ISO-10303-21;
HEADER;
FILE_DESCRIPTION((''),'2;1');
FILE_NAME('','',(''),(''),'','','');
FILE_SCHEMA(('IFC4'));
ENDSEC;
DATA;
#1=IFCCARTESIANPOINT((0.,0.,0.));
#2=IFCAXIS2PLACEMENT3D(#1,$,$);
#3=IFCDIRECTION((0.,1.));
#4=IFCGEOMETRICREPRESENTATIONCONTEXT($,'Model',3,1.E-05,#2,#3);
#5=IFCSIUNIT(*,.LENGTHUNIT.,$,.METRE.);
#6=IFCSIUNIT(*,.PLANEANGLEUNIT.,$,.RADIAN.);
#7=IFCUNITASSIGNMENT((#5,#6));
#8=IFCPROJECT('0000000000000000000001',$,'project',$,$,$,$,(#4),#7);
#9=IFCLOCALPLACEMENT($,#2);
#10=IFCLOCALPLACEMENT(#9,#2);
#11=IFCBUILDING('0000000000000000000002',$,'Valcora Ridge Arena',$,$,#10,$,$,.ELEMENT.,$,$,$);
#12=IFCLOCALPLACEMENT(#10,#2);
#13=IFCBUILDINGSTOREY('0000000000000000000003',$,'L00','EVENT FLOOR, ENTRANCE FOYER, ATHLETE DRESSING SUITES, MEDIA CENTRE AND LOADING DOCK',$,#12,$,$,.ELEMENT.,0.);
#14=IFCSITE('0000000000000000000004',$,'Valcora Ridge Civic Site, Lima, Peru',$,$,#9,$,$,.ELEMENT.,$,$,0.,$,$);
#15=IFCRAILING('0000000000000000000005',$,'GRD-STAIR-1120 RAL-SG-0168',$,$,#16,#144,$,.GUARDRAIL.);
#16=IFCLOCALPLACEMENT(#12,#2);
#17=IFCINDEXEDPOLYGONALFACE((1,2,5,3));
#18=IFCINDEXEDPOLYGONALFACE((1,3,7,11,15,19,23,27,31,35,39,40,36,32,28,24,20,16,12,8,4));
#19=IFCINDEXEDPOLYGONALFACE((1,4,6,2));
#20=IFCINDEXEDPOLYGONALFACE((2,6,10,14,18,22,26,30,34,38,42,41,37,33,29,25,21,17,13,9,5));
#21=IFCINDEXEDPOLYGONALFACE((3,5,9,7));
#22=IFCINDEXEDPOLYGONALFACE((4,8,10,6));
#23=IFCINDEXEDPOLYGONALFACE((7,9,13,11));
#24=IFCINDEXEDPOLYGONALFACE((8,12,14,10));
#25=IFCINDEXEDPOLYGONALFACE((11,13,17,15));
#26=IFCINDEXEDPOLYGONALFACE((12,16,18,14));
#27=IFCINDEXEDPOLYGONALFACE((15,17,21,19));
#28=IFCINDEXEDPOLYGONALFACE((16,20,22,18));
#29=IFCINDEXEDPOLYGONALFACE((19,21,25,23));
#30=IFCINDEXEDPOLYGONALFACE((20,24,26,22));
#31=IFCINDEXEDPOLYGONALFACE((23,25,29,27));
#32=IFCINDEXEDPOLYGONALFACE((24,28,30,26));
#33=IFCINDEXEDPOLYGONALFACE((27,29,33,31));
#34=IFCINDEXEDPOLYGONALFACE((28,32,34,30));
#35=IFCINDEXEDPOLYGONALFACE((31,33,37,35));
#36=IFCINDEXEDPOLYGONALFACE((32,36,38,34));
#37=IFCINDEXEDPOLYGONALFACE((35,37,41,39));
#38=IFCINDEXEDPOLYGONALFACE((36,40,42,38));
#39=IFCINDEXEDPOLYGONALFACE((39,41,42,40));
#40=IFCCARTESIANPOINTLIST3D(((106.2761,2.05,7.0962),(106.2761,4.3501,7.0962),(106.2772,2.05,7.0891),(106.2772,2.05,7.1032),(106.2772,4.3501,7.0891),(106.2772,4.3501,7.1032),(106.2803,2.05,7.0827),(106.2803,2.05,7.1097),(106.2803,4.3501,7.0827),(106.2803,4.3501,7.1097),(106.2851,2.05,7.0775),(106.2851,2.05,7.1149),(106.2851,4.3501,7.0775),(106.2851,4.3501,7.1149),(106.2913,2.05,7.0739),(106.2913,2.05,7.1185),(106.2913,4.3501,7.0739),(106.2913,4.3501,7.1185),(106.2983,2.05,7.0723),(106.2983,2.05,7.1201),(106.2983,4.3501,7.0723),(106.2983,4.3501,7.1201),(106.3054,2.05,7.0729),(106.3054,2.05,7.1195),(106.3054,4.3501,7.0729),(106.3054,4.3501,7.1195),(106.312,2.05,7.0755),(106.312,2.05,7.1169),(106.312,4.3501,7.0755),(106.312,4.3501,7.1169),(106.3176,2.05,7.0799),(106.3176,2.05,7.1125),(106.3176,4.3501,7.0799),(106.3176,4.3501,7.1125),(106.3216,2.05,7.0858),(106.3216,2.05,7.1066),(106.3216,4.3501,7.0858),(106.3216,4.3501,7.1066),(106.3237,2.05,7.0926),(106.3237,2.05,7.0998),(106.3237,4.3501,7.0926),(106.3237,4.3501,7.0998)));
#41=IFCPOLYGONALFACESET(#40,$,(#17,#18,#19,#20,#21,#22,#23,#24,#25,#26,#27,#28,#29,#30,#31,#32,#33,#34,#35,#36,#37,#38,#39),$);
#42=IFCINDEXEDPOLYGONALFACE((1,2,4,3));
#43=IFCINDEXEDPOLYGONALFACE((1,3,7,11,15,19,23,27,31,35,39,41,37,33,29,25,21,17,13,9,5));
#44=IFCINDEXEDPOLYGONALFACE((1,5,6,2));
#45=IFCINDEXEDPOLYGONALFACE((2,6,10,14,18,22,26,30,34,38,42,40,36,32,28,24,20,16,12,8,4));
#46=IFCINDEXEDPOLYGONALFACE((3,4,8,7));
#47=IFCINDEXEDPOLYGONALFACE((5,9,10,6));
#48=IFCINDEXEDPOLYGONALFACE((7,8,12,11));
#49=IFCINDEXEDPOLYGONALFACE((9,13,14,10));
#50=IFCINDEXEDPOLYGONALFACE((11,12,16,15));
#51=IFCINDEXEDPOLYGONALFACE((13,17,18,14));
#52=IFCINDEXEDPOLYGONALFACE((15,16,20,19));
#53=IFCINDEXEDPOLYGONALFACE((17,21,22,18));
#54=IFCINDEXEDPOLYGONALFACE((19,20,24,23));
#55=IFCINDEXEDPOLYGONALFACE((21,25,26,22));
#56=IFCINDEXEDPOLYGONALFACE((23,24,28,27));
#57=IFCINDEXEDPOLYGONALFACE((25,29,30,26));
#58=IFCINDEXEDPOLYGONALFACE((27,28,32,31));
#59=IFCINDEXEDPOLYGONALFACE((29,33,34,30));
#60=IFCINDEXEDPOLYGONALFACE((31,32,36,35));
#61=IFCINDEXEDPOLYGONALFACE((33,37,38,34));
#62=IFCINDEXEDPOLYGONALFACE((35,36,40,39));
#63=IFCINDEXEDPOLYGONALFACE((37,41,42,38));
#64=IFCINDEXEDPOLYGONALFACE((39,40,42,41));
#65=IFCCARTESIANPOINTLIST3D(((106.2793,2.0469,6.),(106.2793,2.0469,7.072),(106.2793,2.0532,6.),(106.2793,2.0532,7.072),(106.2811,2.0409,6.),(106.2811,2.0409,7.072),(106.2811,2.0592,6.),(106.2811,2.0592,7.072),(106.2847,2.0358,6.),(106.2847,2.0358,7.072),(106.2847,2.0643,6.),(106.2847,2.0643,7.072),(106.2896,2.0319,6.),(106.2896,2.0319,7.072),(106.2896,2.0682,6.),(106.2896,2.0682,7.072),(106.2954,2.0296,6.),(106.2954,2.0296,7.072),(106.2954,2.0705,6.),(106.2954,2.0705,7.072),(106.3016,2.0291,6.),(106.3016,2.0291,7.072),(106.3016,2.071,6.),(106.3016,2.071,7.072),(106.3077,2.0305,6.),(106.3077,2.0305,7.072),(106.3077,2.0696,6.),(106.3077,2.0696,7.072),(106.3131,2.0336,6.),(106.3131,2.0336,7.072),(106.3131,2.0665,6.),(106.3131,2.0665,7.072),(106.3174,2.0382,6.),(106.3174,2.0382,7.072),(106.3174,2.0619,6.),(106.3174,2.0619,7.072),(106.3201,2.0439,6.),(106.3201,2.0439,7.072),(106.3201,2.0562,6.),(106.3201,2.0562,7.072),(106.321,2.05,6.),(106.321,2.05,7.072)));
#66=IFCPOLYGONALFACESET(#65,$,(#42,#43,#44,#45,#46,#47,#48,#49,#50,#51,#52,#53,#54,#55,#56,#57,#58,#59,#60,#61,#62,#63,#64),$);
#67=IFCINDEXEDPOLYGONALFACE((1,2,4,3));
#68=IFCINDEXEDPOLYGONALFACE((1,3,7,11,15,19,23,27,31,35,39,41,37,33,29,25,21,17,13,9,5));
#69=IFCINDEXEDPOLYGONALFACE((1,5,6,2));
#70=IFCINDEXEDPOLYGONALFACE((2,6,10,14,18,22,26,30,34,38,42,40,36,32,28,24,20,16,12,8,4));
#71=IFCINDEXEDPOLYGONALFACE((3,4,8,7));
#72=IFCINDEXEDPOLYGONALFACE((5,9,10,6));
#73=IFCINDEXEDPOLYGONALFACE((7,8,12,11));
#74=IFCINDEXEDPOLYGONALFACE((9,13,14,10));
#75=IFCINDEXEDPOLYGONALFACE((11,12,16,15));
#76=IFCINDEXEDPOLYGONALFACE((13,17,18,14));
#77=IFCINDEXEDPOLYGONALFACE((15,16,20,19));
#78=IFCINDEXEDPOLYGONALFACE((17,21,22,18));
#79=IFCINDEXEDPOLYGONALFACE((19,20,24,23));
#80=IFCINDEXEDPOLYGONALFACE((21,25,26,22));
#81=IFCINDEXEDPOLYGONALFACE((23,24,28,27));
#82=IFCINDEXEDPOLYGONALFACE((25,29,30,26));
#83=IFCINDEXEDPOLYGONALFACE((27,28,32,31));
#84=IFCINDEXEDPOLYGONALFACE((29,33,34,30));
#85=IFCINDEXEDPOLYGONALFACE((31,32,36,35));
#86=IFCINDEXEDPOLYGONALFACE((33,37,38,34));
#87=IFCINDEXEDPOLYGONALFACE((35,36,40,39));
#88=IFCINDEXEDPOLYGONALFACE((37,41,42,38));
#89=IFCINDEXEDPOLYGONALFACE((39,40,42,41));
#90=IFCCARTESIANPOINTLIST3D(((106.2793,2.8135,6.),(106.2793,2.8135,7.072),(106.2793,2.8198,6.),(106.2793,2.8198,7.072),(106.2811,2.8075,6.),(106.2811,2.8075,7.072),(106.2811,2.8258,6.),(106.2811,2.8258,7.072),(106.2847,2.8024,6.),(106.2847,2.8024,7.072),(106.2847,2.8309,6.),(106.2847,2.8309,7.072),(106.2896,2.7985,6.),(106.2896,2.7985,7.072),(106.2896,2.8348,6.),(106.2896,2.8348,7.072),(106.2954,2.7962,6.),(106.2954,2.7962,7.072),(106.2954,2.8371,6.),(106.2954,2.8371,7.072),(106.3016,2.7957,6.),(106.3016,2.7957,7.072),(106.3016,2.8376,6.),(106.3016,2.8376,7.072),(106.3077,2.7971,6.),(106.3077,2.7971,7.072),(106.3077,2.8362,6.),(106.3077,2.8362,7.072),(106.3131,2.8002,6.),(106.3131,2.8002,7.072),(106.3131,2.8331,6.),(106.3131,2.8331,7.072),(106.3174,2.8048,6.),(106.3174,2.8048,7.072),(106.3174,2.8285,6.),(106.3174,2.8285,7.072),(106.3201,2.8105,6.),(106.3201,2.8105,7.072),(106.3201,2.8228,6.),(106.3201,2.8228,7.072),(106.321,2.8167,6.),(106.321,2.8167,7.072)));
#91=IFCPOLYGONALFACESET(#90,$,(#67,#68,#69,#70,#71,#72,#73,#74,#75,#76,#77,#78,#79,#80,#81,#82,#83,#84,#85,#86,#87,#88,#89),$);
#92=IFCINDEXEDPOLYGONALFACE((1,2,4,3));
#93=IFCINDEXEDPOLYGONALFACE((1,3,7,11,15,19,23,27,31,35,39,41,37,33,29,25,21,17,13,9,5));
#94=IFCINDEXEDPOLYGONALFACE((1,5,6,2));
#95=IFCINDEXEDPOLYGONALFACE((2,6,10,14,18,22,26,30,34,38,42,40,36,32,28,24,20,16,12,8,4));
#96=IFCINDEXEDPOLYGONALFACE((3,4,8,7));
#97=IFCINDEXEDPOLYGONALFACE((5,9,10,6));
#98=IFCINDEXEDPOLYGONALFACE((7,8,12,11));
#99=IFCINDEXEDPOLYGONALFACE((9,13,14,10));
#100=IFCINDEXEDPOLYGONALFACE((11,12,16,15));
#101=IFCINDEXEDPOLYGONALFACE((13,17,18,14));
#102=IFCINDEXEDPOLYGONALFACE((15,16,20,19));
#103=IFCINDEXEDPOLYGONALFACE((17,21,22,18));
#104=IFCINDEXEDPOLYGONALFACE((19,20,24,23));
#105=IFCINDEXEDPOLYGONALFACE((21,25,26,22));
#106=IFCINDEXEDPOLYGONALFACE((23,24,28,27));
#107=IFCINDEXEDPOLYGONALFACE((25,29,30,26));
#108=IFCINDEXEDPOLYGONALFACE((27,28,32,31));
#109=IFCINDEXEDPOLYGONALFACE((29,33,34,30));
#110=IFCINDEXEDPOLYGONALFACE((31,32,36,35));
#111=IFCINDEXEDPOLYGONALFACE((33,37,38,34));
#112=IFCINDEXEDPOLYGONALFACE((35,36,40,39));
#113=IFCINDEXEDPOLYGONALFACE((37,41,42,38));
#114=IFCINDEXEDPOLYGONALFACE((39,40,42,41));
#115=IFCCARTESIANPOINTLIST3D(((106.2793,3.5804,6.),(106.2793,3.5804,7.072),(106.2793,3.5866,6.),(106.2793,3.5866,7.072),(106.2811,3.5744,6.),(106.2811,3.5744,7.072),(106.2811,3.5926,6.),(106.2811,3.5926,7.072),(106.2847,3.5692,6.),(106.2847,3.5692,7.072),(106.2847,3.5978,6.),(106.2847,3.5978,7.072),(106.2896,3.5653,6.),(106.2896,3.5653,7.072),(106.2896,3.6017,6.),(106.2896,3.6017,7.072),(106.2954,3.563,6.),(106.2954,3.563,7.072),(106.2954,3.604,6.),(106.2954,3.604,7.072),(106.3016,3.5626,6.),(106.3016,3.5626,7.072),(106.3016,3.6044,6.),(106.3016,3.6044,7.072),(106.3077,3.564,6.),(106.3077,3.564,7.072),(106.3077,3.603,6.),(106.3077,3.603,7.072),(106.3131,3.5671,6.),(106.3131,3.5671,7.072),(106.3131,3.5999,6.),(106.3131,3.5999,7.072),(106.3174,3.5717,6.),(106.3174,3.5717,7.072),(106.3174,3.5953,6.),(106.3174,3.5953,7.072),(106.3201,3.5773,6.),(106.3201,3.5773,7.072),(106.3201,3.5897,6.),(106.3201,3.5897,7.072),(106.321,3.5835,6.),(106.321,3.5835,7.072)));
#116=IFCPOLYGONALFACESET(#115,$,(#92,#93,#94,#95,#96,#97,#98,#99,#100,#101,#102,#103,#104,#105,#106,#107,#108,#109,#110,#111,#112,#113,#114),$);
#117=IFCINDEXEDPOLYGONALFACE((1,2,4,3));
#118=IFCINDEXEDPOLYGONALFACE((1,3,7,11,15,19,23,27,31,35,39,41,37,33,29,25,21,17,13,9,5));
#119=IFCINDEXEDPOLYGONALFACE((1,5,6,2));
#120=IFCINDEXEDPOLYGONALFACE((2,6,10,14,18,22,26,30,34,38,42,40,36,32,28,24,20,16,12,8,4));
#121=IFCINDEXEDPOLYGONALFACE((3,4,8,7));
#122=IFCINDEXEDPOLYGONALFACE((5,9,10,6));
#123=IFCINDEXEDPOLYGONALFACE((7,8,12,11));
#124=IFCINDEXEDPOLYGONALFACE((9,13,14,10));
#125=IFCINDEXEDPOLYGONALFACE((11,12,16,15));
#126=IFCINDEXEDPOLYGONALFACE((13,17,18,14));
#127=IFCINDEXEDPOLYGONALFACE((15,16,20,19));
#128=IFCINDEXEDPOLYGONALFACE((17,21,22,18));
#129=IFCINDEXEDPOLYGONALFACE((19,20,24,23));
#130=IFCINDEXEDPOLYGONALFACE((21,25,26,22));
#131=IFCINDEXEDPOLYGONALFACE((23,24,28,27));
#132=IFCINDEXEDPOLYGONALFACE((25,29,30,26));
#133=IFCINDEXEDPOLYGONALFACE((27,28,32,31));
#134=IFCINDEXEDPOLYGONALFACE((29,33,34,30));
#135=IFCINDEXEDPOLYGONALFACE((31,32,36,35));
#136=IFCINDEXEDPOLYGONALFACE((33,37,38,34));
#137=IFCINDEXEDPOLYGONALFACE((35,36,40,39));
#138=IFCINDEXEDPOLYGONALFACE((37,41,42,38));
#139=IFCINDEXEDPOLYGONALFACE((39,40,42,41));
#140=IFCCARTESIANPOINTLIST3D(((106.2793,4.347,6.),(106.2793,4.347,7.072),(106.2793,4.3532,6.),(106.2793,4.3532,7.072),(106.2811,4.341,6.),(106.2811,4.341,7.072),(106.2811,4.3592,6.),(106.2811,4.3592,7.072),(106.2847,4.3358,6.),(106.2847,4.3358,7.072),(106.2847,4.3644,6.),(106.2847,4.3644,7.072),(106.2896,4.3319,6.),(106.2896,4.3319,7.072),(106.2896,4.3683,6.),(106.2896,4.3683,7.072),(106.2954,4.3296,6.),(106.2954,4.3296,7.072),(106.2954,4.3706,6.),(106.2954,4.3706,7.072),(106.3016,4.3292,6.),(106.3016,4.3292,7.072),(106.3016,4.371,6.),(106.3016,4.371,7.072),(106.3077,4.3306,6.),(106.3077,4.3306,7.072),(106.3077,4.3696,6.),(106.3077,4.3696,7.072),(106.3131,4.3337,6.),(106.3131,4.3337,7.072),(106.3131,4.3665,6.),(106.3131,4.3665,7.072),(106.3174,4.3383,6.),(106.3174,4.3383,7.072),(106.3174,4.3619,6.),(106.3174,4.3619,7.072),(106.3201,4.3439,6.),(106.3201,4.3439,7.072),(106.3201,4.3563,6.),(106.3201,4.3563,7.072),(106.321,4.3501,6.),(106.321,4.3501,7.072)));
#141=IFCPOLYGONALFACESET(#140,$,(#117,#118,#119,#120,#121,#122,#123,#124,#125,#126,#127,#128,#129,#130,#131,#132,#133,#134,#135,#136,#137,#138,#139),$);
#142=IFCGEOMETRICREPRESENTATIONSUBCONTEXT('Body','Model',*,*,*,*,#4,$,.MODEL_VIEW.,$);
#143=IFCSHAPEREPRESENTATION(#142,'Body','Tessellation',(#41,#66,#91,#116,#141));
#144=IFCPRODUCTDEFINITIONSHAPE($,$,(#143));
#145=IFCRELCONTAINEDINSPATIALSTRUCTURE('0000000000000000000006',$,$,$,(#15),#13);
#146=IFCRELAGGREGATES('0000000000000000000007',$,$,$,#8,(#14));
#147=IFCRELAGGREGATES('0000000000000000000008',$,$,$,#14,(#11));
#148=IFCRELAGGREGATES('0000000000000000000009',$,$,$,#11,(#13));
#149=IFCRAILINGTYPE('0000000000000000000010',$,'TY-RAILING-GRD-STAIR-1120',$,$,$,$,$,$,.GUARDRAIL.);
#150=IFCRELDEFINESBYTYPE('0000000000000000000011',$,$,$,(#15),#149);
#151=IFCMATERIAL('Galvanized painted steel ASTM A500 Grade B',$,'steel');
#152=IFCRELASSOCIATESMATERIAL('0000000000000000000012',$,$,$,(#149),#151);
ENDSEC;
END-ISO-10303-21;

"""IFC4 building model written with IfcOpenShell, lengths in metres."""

from ifc_helpers import new_model, si_unit, direction, frame, origin, origin_2d, place, context, subcontext, project, spatial, circle, extrude, material, type_object, element, save


model = new_model("IFC4")

# Units and contexts
model_context = context("Model", 3, precision=1e-05, world=origin(), true_north=direction((0.0, 1.0)))
body_context = subcontext(model_context, "Body", "Model", "MODEL_VIEW")
ifc_project = project(units=[si_unit("LENGTHUNIT", "METRE"), si_unit("PLANEANGLEUNIT", "RADIAN")], contexts=[model_context])

# Site, building, storey
site_placement = place(None, origin())
site = spatial("IfcSite", under=ifc_project, at=site_placement, Name="Valcora Ridge Civic Site, Lima, Peru", CompositionType="ELEMENT", RefElevation=0.0)
building_placement = place(site_placement, origin())
building = spatial("IfcBuilding", under=site, at=building_placement, Name="Valcora Ridge Arena", CompositionType="ELEMENT")
storey_placement = place(building_placement, origin())
storey = spatial("IfcBuildingStorey", under=building, at=storey_placement, Name="L00", Description="EVENT FLOOR, ENTRANCE FOYER, ATHLETE DRESSING SUITES, MEDIA CENTRE AND LOADING DOCK", CompositionType="ELEMENT", Elevation=0.0)

# Railing
ifc_material_1 = material(Name="Galvanized painted steel ASTM A500 Grade B", Category="steel")
railing_type_1 = type_object("IfcRailingType", Name="TY-RAILING-GRD-STAIR-1120", PredefinedType="GUARDRAIL", material=ifc_material_1)
railing_1_placement = place(storey_placement, frame((106.3, 2.05, 6.0)))
element("IfcRailing", 1, at=railing_1_placement, inside=storey, type_object=railing_type_1, Name="GRD-STAIR-1120 RAL-SG-0168", PredefinedType="GUARDRAIL", context=body_context, shape_type="SweptSolid", body=[
    extrude(circle(Radius=0.0239, at=origin_2d()), frame((0.0, 0.0, 1.0962), z_axis=(0.0, 1.0, 0.0), x_axis=(-1.0, 0.0, 0.0)), (0.0, 0.0, 1.0), 2.3),
    extrude(circle(Radius=0.021, at=origin_2d()), origin(), (0.0, 0.0, 1.0), 1.072),
    extrude(circle(Radius=0.021, at=origin_2d()), frame((0.0, 0.7666, 0.0)), (0.0, 0.0, 1.0), 1.072),
    extrude(circle(Radius=0.021, at=origin_2d()), frame((0.0, 1.5334, 0.0)), (0.0, 0.0, 1.0), 1.072),
    extrude(circle(Radius=0.021, at=origin_2d()), frame((0.0, 2.3, 0.0)), (0.0, 0.0, 1.0), 1.072),
])

save(model, "model.ifc")
